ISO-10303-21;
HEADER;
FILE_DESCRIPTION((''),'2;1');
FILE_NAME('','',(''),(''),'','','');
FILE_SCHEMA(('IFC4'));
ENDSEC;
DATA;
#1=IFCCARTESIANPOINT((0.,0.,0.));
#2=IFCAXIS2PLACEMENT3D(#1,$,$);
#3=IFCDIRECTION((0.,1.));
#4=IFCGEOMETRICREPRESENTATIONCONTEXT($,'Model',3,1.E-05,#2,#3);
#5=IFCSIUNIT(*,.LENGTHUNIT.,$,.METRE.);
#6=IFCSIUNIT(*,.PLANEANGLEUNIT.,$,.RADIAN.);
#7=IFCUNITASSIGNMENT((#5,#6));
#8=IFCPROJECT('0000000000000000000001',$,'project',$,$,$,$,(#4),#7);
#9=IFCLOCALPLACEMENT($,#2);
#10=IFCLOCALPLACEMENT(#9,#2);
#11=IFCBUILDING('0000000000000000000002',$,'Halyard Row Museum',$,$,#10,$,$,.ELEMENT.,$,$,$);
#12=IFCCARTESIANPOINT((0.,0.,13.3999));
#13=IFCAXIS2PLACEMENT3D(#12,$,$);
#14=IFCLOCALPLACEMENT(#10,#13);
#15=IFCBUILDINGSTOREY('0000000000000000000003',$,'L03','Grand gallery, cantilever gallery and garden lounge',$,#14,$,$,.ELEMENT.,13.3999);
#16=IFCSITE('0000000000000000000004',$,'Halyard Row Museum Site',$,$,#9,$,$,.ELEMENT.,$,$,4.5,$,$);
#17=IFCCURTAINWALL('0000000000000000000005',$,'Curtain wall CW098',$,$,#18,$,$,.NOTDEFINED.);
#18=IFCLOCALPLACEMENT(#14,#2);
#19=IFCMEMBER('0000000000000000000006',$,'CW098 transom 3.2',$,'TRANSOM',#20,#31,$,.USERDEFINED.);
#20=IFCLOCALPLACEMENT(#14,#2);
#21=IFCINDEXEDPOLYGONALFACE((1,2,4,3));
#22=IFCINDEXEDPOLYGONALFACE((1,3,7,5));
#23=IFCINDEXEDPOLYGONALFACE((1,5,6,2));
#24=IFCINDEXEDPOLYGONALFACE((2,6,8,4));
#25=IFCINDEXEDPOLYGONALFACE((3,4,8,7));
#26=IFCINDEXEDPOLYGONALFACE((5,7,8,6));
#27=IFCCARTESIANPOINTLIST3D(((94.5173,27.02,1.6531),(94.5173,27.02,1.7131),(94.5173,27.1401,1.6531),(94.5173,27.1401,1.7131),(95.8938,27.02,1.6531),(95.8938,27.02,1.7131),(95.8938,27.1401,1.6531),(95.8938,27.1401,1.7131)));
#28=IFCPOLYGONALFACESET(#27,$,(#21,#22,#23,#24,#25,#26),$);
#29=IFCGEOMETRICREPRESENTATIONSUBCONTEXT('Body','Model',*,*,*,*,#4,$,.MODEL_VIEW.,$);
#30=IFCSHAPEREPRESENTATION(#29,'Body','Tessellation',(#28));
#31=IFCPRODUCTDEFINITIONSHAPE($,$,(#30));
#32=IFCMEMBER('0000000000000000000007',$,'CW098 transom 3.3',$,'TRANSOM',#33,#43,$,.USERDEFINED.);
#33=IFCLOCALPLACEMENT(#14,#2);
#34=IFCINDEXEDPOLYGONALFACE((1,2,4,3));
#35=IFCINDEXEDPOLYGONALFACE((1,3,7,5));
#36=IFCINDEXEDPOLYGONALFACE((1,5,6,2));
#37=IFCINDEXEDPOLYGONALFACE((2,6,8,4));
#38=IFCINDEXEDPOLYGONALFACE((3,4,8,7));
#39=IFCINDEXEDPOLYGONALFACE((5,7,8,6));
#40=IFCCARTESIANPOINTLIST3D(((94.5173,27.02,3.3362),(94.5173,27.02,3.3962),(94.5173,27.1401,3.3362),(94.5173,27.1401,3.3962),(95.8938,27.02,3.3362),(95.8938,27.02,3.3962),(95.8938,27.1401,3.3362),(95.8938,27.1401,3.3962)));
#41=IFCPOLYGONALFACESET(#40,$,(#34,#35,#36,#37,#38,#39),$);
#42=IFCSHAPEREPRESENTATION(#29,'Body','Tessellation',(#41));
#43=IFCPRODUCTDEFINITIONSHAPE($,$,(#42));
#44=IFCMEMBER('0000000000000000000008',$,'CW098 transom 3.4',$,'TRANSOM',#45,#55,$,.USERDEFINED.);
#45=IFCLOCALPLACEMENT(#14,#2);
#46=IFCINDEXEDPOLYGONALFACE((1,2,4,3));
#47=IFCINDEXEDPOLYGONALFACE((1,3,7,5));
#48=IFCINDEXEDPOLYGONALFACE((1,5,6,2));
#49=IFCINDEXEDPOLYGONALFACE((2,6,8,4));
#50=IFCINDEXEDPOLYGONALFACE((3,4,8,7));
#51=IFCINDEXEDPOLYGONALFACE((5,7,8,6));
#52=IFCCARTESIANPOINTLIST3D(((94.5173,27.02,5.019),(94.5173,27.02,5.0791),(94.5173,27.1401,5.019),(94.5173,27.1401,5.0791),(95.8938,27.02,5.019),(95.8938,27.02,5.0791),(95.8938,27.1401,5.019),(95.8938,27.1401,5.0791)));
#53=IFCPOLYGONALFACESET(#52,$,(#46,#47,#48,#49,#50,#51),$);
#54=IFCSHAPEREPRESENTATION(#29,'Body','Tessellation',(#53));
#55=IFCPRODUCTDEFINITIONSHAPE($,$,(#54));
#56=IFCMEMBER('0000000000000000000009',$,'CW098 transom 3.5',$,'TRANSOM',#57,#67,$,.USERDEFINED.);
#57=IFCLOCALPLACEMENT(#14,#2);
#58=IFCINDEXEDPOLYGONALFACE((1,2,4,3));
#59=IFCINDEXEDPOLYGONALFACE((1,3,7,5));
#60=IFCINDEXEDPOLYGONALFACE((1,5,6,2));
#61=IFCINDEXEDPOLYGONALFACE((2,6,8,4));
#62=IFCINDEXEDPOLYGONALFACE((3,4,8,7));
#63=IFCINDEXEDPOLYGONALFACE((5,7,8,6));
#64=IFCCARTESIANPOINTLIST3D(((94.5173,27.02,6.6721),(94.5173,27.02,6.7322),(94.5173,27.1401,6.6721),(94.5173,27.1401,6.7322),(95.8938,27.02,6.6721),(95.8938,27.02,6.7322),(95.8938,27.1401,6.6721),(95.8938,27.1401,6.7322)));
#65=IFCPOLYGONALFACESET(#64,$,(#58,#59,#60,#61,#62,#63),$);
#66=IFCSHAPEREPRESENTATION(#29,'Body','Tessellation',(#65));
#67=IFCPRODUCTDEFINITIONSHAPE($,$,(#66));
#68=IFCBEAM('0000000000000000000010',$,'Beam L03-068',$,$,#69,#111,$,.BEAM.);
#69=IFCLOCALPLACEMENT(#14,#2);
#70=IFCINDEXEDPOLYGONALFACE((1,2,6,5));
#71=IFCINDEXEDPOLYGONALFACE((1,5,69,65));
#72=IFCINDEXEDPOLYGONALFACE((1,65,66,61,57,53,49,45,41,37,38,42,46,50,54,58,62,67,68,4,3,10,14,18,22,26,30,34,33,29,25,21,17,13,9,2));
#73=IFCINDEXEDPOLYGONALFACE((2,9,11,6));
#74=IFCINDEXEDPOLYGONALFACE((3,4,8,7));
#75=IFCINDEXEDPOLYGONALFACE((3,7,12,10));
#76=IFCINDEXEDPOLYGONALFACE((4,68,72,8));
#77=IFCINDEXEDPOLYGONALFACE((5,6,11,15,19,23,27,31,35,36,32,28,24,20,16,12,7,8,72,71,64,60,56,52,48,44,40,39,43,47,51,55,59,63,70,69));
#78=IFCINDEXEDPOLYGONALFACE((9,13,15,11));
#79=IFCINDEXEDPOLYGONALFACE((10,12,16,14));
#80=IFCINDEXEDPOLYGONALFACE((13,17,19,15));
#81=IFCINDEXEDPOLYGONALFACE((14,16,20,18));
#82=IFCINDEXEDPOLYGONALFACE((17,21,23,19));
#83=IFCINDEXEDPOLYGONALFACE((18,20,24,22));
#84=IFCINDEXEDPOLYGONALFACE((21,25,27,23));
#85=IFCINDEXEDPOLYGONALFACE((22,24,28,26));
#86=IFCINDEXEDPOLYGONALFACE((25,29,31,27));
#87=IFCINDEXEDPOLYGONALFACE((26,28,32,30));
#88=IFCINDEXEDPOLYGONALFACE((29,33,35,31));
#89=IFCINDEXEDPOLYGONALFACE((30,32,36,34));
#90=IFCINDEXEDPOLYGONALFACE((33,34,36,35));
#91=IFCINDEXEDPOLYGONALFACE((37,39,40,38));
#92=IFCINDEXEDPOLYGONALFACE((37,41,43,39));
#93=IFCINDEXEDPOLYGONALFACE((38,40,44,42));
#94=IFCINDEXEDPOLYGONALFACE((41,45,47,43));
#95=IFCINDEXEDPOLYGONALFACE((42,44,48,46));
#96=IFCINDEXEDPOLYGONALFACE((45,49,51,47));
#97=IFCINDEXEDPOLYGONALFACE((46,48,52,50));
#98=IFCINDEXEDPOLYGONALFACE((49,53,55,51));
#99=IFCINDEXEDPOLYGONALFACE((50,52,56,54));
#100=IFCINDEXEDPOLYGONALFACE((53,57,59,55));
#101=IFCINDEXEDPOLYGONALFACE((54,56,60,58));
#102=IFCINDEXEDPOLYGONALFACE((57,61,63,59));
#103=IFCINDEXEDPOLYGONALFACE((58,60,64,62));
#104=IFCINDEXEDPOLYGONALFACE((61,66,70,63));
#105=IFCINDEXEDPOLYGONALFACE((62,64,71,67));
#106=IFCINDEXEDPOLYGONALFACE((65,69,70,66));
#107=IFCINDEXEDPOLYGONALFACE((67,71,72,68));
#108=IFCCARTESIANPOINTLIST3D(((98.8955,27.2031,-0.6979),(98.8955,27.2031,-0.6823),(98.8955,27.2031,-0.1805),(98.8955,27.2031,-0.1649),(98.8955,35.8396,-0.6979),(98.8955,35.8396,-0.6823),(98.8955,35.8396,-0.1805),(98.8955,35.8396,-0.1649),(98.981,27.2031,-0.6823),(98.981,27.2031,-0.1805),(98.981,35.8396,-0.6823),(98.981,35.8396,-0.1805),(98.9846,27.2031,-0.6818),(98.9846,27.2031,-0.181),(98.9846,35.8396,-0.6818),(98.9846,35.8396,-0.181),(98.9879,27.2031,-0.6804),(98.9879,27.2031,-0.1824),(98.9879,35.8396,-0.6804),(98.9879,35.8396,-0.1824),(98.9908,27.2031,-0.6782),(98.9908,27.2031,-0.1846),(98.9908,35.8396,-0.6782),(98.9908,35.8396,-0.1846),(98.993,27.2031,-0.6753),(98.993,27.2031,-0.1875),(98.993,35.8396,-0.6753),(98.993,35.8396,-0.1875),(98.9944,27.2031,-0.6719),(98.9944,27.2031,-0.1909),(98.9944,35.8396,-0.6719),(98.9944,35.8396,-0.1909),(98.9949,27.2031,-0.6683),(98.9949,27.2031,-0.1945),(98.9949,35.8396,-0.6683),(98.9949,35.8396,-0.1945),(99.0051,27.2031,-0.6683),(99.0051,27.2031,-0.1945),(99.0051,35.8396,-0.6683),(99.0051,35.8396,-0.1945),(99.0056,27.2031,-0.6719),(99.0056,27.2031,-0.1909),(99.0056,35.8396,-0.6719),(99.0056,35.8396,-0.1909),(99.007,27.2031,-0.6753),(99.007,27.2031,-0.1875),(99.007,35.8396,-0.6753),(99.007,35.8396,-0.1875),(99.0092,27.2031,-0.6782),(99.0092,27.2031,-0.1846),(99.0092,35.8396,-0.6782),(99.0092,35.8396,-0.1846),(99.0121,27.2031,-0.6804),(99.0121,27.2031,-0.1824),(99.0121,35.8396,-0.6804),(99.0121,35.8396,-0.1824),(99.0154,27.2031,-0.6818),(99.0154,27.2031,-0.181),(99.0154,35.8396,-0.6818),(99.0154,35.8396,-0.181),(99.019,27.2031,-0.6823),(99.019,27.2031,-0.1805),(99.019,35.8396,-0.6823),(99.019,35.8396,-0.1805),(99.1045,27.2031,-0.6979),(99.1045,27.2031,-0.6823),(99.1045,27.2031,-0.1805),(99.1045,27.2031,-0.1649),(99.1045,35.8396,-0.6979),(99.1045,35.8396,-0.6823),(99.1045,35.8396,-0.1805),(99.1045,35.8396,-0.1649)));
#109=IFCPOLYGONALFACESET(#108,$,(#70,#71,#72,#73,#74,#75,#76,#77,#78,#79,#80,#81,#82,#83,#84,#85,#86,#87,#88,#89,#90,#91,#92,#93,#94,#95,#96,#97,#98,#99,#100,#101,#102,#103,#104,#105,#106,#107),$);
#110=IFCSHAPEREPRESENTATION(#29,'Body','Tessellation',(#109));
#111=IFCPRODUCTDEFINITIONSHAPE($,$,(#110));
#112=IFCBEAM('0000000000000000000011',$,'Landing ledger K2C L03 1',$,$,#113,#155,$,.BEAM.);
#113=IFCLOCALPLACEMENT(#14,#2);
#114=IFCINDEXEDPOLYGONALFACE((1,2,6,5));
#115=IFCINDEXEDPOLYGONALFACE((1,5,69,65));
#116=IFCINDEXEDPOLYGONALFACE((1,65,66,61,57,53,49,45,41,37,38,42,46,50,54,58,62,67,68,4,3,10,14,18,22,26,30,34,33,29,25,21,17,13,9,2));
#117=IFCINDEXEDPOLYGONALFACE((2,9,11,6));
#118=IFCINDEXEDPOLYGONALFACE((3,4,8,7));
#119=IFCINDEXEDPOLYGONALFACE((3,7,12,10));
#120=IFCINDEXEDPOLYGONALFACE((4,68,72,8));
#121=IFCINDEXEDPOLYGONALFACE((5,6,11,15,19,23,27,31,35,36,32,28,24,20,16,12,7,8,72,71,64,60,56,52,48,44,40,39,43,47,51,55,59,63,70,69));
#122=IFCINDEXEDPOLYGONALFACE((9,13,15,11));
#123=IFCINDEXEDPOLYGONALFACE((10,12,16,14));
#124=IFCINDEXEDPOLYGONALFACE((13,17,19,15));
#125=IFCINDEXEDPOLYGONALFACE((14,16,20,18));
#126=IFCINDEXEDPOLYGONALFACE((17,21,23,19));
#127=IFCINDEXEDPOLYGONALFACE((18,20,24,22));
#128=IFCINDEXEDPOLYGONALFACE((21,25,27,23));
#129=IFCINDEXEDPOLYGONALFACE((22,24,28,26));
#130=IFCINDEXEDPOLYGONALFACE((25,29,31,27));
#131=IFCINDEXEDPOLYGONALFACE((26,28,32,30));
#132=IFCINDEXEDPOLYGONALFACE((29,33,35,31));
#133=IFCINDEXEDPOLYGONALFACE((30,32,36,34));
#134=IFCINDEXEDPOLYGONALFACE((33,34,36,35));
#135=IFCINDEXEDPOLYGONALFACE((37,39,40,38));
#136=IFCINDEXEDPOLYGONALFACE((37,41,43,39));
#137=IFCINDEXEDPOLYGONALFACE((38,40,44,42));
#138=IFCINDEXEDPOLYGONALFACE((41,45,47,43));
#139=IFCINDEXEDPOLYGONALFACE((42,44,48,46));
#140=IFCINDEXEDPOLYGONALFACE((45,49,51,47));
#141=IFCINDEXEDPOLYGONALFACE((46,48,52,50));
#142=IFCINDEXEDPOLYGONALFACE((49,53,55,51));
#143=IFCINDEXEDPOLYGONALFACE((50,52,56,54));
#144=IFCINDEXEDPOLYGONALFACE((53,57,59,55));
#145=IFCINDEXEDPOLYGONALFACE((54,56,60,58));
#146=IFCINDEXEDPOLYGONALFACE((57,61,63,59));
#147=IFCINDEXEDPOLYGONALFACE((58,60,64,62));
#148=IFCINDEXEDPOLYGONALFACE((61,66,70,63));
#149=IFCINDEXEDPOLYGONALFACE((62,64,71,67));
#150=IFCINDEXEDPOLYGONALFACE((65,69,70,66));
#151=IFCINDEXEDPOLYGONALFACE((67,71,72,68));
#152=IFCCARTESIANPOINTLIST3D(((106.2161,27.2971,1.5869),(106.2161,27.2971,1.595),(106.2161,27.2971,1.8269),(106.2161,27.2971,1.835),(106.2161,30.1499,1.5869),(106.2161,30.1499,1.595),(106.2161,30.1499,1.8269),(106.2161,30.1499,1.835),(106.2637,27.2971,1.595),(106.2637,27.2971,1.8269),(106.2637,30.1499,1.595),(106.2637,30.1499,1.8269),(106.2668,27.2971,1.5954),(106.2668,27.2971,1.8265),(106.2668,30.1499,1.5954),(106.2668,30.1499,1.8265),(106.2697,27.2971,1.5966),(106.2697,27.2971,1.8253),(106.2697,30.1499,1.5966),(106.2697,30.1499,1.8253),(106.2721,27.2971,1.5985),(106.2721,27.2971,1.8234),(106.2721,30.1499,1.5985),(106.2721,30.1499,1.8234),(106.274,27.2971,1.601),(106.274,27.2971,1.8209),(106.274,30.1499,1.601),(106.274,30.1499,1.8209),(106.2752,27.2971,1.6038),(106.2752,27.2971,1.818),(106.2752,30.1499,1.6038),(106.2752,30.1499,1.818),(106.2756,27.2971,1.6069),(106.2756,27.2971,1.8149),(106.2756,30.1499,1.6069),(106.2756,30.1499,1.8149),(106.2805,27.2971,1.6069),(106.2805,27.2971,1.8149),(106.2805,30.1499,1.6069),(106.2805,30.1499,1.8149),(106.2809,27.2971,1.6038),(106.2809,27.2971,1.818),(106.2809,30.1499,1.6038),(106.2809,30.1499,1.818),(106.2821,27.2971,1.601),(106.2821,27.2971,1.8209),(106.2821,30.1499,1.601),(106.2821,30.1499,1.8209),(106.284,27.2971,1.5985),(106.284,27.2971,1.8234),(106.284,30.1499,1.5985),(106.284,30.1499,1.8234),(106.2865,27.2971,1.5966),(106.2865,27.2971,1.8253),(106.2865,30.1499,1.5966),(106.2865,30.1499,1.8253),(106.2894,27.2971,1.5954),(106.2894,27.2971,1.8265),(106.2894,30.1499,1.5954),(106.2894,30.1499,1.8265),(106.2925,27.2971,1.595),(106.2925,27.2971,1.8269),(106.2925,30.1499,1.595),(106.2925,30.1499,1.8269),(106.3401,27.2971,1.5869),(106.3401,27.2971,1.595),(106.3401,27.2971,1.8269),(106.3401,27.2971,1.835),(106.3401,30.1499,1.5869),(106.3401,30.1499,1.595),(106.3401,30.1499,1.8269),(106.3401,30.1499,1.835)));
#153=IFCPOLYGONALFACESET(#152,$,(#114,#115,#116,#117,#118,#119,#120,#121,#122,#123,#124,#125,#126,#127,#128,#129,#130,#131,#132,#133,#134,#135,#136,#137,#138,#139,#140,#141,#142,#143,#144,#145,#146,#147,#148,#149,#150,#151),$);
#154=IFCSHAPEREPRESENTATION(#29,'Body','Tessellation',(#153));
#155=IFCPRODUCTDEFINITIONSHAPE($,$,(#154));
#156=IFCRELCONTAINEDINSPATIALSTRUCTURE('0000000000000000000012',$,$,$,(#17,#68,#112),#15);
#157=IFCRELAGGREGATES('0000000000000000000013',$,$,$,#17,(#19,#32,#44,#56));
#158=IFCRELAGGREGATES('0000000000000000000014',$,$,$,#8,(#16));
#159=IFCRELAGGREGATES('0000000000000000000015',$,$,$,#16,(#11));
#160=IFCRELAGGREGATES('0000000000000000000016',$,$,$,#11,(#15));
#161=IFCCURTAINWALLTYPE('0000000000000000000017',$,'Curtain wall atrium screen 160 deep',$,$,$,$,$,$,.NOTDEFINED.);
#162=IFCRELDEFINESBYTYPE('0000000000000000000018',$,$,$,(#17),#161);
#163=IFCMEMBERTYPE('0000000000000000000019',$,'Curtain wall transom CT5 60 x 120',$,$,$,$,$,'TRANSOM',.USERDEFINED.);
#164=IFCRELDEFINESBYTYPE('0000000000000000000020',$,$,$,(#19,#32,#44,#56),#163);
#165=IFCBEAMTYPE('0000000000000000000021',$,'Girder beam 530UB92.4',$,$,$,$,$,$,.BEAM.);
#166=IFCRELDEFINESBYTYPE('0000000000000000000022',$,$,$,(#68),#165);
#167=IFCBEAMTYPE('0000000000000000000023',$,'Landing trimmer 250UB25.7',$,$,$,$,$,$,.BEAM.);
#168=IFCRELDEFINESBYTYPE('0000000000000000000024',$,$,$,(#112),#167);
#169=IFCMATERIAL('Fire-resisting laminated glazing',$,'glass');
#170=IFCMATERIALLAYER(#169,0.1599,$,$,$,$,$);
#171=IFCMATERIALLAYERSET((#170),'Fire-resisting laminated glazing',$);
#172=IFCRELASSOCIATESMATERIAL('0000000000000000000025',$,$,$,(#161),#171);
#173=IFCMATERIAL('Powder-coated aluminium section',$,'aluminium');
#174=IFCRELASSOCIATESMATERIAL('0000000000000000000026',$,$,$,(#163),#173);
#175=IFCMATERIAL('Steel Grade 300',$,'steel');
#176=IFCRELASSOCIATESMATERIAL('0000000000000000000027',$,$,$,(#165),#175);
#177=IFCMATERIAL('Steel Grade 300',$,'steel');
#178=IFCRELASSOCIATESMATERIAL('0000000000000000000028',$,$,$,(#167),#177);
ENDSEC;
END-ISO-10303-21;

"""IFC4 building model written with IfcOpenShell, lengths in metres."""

from ifc_helpers import new_model, si_unit, direction, frame, origin, origin_2d, place, context, subcontext, project, spatial, rectangle, i_section, extrude, material, layer, layer_set, material_profile, profile_set, type_object, element, aggregate, save


model = new_model("IFC4")

# Units and contexts
model_context = context("Model", 3, precision=1e-05, world=origin(), true_north=direction((0.0, 1.0)))
body_context = subcontext(model_context, "Body", "Model", "MODEL_VIEW")
ifc_project = project(units=[si_unit("LENGTHUNIT", "METRE"), si_unit("PLANEANGLEUNIT", "RADIAN")], contexts=[model_context])

# Site, building, storey
site_placement = place(None, origin())
site = spatial("IfcSite", under=ifc_project, at=site_placement, Name="Halyard Row Museum Site", CompositionType="ELEMENT", RefElevation=4.5)
building_placement = place(site_placement, origin())
building = spatial("IfcBuilding", under=site, at=building_placement, Name="Halyard Row Museum", CompositionType="ELEMENT")
storey_placement = place(building_placement, frame((0.0, 0.0, 13.3999)))
storey = spatial("IfcBuildingStorey", under=building, at=storey_placement, Name="L03", Description="Grand gallery, cantilever gallery and garden lounge", CompositionType="ELEMENT", Elevation=13.3999)

# Curtain wall, members
ifc_material_1 = material(Name="Fire-resisting laminated glazing", Category="glass")
ifc_layer_1 = layer(ifc_material_1, 0.1599)
ifc_layer_set_1 = layer_set([ifc_layer_1], Name="Fire-resisting laminated glazing")
curtain_wall_type = type_object("IfcCurtainWallType", Name="Curtain wall atrium screen 160 deep", PredefinedType="NOTDEFINED", material=ifc_layer_set_1)
curtain_wall_placement = place(storey_placement, origin())
curtain_wall = element("IfcCurtainWall", 1, at=curtain_wall_placement, inside=storey, type_object=curtain_wall_type, Name="Curtain wall CW098", PredefinedType="NOTDEFINED")
ifc_material_2 = material(Name="Powder-coated aluminium section", Category="aluminium")
ifc_material_profile_1 = material_profile(ifc_material_2, rectangle(XDim=0.1201, YDim=0.0601, at=origin_2d()), Name="120x60 transom")
ifc_profile_set_1 = profile_set([ifc_material_profile_1], Name="Powder-coated aluminium section")
member_type_1 = type_object("IfcMemberType", Name="Curtain wall transom CT5 60 x 120", ElementType="TRANSOM", PredefinedType="USERDEFINED", material=ifc_profile_set_1)
member_1_placement = place(storey_placement, frame((95.8938, 27.0801, 1.6831), z_axis=(-1.0, 0.0, 0.0), x_axis=(0.0, -1.0, 0.0)))
member_1 = element("IfcMember", 2, at=member_1_placement, type_object=member_type_1, Name="CW098 transom 3.2", ObjectType="TRANSOM", PredefinedType="USERDEFINED", context=body_context, shape_type="SweptSolid", body=[
    extrude(rectangle(XDim=0.1201, YDim=0.0601, at=origin_2d()), origin(), (0.0, 0.0, 1.0), 1.3765),
])
member_2_placement = place(storey_placement, frame((95.8938, 27.0801, 3.3662), z_axis=(-1.0, 0.0, 0.0), x_axis=(0.0, -1.0, 0.0)))
member_2 = element("IfcMember", 3, at=member_2_placement, type_object=member_type_1, Name="CW098 transom 3.3", ObjectType="TRANSOM", PredefinedType="USERDEFINED", context=body_context, shape_type="SweptSolid", body=[
    extrude(rectangle(XDim=0.1201, YDim=0.0601, at=origin_2d()), origin(), (0.0, 0.0, 1.0), 1.3765),
])
member_3_placement = place(storey_placement, frame((95.8938, 27.0801, 5.0491), z_axis=(-1.0, 0.0, 0.0), x_axis=(0.0, -1.0, 0.0)))
member_3 = element("IfcMember", 4, at=member_3_placement, type_object=member_type_1, Name="CW098 transom 3.4", ObjectType="TRANSOM", PredefinedType="USERDEFINED", context=body_context, shape_type="SweptSolid", body=[
    extrude(rectangle(XDim=0.1201, YDim=0.0601, at=origin_2d()), origin(), (0.0, 0.0, 1.0), 1.3765),
])
member_4_placement = place(storey_placement, frame((95.8938, 27.0801, 6.7021), z_axis=(-1.0, 0.0, 0.0), x_axis=(0.0, -1.0, 0.0)))
member_4 = element("IfcMember", 5, at=member_4_placement, type_object=member_type_1, Name="CW098 transom 3.5", ObjectType="TRANSOM", PredefinedType="USERDEFINED", context=body_context, shape_type="SweptSolid", body=[
    extrude(rectangle(XDim=0.1201, YDim=0.0601, at=origin_2d()), origin(), (0.0, 0.0, 1.0), 1.3765),
])

# Beams
ifc_material_3 = material(Name="Steel Grade 300", Category="steel")
ifc_material_profile_2 = material_profile(ifc_material_3, i_section(OverallWidth=0.209, OverallDepth=0.533, WebThickness=0.0103, FlangeThickness=0.0156, FilletRadius=0.0139, at=origin_2d()), Name="530UB92.4")
ifc_profile_set_2 = profile_set([ifc_material_profile_2], Name="Steel Grade 300")
beam_type_1 = type_object("IfcBeamType", Name="Girder beam 530UB92.4", PredefinedType="BEAM", material=ifc_profile_set_2)
beam_1_placement = place(storey_placement, frame((99.0, 27.2031, -0.4314), z_axis=(0.0, 1.0, 0.0), x_axis=(-1.0, 0.0, 0.0)))
element("IfcBeam", 6, at=beam_1_placement, inside=storey, type_object=beam_type_1, Name="Beam L03-068", PredefinedType="BEAM", context=body_context, shape_type="SweptSolid", body=[
    extrude(i_section(OverallWidth=0.209, OverallDepth=0.533, WebThickness=0.0103, FlangeThickness=0.0156, FilletRadius=0.0139, at=origin_2d()), origin(), (0.0, 0.0, 1.0), 8.6365),
])
ifc_material_4 = material(Name="Steel Grade 300", Category="steel")
ifc_material_profile_3 = material_profile(ifc_material_4, i_section(OverallWidth=0.124, OverallDepth=0.248, WebThickness=0.0049, FlangeThickness=0.0081, FilletRadius=0.012, at=origin_2d()), Name="250UB25.7")
ifc_profile_set_3 = profile_set([ifc_material_profile_3], Name="Steel Grade 300")
beam_type_2 = type_object("IfcBeamType", Name="Landing trimmer 250UB25.7", PredefinedType="BEAM", material=ifc_profile_set_3)
beam_2_placement = place(storey_placement, frame((106.2781, 27.2971, 1.7109), z_axis=(0.0, 1.0, 0.0), x_axis=(-1.0, 0.0, 0.0)))
element("IfcBeam", 7, at=beam_2_placement, inside=storey, type_object=beam_type_2, Name="Landing ledger K2C L03 1", PredefinedType="BEAM", context=body_context, shape_type="SweptSolid", body=[
    extrude(i_section(OverallWidth=0.124, OverallDepth=0.248, WebThickness=0.0049, FlangeThickness=0.0081, FilletRadius=0.012, at=origin_2d()), origin(), (0.0, 0.0, 1.0), 2.8528),
])

aggregate(curtain_wall, [member_1, member_2, member_3, member_4])

save(model, "model.ifc")
